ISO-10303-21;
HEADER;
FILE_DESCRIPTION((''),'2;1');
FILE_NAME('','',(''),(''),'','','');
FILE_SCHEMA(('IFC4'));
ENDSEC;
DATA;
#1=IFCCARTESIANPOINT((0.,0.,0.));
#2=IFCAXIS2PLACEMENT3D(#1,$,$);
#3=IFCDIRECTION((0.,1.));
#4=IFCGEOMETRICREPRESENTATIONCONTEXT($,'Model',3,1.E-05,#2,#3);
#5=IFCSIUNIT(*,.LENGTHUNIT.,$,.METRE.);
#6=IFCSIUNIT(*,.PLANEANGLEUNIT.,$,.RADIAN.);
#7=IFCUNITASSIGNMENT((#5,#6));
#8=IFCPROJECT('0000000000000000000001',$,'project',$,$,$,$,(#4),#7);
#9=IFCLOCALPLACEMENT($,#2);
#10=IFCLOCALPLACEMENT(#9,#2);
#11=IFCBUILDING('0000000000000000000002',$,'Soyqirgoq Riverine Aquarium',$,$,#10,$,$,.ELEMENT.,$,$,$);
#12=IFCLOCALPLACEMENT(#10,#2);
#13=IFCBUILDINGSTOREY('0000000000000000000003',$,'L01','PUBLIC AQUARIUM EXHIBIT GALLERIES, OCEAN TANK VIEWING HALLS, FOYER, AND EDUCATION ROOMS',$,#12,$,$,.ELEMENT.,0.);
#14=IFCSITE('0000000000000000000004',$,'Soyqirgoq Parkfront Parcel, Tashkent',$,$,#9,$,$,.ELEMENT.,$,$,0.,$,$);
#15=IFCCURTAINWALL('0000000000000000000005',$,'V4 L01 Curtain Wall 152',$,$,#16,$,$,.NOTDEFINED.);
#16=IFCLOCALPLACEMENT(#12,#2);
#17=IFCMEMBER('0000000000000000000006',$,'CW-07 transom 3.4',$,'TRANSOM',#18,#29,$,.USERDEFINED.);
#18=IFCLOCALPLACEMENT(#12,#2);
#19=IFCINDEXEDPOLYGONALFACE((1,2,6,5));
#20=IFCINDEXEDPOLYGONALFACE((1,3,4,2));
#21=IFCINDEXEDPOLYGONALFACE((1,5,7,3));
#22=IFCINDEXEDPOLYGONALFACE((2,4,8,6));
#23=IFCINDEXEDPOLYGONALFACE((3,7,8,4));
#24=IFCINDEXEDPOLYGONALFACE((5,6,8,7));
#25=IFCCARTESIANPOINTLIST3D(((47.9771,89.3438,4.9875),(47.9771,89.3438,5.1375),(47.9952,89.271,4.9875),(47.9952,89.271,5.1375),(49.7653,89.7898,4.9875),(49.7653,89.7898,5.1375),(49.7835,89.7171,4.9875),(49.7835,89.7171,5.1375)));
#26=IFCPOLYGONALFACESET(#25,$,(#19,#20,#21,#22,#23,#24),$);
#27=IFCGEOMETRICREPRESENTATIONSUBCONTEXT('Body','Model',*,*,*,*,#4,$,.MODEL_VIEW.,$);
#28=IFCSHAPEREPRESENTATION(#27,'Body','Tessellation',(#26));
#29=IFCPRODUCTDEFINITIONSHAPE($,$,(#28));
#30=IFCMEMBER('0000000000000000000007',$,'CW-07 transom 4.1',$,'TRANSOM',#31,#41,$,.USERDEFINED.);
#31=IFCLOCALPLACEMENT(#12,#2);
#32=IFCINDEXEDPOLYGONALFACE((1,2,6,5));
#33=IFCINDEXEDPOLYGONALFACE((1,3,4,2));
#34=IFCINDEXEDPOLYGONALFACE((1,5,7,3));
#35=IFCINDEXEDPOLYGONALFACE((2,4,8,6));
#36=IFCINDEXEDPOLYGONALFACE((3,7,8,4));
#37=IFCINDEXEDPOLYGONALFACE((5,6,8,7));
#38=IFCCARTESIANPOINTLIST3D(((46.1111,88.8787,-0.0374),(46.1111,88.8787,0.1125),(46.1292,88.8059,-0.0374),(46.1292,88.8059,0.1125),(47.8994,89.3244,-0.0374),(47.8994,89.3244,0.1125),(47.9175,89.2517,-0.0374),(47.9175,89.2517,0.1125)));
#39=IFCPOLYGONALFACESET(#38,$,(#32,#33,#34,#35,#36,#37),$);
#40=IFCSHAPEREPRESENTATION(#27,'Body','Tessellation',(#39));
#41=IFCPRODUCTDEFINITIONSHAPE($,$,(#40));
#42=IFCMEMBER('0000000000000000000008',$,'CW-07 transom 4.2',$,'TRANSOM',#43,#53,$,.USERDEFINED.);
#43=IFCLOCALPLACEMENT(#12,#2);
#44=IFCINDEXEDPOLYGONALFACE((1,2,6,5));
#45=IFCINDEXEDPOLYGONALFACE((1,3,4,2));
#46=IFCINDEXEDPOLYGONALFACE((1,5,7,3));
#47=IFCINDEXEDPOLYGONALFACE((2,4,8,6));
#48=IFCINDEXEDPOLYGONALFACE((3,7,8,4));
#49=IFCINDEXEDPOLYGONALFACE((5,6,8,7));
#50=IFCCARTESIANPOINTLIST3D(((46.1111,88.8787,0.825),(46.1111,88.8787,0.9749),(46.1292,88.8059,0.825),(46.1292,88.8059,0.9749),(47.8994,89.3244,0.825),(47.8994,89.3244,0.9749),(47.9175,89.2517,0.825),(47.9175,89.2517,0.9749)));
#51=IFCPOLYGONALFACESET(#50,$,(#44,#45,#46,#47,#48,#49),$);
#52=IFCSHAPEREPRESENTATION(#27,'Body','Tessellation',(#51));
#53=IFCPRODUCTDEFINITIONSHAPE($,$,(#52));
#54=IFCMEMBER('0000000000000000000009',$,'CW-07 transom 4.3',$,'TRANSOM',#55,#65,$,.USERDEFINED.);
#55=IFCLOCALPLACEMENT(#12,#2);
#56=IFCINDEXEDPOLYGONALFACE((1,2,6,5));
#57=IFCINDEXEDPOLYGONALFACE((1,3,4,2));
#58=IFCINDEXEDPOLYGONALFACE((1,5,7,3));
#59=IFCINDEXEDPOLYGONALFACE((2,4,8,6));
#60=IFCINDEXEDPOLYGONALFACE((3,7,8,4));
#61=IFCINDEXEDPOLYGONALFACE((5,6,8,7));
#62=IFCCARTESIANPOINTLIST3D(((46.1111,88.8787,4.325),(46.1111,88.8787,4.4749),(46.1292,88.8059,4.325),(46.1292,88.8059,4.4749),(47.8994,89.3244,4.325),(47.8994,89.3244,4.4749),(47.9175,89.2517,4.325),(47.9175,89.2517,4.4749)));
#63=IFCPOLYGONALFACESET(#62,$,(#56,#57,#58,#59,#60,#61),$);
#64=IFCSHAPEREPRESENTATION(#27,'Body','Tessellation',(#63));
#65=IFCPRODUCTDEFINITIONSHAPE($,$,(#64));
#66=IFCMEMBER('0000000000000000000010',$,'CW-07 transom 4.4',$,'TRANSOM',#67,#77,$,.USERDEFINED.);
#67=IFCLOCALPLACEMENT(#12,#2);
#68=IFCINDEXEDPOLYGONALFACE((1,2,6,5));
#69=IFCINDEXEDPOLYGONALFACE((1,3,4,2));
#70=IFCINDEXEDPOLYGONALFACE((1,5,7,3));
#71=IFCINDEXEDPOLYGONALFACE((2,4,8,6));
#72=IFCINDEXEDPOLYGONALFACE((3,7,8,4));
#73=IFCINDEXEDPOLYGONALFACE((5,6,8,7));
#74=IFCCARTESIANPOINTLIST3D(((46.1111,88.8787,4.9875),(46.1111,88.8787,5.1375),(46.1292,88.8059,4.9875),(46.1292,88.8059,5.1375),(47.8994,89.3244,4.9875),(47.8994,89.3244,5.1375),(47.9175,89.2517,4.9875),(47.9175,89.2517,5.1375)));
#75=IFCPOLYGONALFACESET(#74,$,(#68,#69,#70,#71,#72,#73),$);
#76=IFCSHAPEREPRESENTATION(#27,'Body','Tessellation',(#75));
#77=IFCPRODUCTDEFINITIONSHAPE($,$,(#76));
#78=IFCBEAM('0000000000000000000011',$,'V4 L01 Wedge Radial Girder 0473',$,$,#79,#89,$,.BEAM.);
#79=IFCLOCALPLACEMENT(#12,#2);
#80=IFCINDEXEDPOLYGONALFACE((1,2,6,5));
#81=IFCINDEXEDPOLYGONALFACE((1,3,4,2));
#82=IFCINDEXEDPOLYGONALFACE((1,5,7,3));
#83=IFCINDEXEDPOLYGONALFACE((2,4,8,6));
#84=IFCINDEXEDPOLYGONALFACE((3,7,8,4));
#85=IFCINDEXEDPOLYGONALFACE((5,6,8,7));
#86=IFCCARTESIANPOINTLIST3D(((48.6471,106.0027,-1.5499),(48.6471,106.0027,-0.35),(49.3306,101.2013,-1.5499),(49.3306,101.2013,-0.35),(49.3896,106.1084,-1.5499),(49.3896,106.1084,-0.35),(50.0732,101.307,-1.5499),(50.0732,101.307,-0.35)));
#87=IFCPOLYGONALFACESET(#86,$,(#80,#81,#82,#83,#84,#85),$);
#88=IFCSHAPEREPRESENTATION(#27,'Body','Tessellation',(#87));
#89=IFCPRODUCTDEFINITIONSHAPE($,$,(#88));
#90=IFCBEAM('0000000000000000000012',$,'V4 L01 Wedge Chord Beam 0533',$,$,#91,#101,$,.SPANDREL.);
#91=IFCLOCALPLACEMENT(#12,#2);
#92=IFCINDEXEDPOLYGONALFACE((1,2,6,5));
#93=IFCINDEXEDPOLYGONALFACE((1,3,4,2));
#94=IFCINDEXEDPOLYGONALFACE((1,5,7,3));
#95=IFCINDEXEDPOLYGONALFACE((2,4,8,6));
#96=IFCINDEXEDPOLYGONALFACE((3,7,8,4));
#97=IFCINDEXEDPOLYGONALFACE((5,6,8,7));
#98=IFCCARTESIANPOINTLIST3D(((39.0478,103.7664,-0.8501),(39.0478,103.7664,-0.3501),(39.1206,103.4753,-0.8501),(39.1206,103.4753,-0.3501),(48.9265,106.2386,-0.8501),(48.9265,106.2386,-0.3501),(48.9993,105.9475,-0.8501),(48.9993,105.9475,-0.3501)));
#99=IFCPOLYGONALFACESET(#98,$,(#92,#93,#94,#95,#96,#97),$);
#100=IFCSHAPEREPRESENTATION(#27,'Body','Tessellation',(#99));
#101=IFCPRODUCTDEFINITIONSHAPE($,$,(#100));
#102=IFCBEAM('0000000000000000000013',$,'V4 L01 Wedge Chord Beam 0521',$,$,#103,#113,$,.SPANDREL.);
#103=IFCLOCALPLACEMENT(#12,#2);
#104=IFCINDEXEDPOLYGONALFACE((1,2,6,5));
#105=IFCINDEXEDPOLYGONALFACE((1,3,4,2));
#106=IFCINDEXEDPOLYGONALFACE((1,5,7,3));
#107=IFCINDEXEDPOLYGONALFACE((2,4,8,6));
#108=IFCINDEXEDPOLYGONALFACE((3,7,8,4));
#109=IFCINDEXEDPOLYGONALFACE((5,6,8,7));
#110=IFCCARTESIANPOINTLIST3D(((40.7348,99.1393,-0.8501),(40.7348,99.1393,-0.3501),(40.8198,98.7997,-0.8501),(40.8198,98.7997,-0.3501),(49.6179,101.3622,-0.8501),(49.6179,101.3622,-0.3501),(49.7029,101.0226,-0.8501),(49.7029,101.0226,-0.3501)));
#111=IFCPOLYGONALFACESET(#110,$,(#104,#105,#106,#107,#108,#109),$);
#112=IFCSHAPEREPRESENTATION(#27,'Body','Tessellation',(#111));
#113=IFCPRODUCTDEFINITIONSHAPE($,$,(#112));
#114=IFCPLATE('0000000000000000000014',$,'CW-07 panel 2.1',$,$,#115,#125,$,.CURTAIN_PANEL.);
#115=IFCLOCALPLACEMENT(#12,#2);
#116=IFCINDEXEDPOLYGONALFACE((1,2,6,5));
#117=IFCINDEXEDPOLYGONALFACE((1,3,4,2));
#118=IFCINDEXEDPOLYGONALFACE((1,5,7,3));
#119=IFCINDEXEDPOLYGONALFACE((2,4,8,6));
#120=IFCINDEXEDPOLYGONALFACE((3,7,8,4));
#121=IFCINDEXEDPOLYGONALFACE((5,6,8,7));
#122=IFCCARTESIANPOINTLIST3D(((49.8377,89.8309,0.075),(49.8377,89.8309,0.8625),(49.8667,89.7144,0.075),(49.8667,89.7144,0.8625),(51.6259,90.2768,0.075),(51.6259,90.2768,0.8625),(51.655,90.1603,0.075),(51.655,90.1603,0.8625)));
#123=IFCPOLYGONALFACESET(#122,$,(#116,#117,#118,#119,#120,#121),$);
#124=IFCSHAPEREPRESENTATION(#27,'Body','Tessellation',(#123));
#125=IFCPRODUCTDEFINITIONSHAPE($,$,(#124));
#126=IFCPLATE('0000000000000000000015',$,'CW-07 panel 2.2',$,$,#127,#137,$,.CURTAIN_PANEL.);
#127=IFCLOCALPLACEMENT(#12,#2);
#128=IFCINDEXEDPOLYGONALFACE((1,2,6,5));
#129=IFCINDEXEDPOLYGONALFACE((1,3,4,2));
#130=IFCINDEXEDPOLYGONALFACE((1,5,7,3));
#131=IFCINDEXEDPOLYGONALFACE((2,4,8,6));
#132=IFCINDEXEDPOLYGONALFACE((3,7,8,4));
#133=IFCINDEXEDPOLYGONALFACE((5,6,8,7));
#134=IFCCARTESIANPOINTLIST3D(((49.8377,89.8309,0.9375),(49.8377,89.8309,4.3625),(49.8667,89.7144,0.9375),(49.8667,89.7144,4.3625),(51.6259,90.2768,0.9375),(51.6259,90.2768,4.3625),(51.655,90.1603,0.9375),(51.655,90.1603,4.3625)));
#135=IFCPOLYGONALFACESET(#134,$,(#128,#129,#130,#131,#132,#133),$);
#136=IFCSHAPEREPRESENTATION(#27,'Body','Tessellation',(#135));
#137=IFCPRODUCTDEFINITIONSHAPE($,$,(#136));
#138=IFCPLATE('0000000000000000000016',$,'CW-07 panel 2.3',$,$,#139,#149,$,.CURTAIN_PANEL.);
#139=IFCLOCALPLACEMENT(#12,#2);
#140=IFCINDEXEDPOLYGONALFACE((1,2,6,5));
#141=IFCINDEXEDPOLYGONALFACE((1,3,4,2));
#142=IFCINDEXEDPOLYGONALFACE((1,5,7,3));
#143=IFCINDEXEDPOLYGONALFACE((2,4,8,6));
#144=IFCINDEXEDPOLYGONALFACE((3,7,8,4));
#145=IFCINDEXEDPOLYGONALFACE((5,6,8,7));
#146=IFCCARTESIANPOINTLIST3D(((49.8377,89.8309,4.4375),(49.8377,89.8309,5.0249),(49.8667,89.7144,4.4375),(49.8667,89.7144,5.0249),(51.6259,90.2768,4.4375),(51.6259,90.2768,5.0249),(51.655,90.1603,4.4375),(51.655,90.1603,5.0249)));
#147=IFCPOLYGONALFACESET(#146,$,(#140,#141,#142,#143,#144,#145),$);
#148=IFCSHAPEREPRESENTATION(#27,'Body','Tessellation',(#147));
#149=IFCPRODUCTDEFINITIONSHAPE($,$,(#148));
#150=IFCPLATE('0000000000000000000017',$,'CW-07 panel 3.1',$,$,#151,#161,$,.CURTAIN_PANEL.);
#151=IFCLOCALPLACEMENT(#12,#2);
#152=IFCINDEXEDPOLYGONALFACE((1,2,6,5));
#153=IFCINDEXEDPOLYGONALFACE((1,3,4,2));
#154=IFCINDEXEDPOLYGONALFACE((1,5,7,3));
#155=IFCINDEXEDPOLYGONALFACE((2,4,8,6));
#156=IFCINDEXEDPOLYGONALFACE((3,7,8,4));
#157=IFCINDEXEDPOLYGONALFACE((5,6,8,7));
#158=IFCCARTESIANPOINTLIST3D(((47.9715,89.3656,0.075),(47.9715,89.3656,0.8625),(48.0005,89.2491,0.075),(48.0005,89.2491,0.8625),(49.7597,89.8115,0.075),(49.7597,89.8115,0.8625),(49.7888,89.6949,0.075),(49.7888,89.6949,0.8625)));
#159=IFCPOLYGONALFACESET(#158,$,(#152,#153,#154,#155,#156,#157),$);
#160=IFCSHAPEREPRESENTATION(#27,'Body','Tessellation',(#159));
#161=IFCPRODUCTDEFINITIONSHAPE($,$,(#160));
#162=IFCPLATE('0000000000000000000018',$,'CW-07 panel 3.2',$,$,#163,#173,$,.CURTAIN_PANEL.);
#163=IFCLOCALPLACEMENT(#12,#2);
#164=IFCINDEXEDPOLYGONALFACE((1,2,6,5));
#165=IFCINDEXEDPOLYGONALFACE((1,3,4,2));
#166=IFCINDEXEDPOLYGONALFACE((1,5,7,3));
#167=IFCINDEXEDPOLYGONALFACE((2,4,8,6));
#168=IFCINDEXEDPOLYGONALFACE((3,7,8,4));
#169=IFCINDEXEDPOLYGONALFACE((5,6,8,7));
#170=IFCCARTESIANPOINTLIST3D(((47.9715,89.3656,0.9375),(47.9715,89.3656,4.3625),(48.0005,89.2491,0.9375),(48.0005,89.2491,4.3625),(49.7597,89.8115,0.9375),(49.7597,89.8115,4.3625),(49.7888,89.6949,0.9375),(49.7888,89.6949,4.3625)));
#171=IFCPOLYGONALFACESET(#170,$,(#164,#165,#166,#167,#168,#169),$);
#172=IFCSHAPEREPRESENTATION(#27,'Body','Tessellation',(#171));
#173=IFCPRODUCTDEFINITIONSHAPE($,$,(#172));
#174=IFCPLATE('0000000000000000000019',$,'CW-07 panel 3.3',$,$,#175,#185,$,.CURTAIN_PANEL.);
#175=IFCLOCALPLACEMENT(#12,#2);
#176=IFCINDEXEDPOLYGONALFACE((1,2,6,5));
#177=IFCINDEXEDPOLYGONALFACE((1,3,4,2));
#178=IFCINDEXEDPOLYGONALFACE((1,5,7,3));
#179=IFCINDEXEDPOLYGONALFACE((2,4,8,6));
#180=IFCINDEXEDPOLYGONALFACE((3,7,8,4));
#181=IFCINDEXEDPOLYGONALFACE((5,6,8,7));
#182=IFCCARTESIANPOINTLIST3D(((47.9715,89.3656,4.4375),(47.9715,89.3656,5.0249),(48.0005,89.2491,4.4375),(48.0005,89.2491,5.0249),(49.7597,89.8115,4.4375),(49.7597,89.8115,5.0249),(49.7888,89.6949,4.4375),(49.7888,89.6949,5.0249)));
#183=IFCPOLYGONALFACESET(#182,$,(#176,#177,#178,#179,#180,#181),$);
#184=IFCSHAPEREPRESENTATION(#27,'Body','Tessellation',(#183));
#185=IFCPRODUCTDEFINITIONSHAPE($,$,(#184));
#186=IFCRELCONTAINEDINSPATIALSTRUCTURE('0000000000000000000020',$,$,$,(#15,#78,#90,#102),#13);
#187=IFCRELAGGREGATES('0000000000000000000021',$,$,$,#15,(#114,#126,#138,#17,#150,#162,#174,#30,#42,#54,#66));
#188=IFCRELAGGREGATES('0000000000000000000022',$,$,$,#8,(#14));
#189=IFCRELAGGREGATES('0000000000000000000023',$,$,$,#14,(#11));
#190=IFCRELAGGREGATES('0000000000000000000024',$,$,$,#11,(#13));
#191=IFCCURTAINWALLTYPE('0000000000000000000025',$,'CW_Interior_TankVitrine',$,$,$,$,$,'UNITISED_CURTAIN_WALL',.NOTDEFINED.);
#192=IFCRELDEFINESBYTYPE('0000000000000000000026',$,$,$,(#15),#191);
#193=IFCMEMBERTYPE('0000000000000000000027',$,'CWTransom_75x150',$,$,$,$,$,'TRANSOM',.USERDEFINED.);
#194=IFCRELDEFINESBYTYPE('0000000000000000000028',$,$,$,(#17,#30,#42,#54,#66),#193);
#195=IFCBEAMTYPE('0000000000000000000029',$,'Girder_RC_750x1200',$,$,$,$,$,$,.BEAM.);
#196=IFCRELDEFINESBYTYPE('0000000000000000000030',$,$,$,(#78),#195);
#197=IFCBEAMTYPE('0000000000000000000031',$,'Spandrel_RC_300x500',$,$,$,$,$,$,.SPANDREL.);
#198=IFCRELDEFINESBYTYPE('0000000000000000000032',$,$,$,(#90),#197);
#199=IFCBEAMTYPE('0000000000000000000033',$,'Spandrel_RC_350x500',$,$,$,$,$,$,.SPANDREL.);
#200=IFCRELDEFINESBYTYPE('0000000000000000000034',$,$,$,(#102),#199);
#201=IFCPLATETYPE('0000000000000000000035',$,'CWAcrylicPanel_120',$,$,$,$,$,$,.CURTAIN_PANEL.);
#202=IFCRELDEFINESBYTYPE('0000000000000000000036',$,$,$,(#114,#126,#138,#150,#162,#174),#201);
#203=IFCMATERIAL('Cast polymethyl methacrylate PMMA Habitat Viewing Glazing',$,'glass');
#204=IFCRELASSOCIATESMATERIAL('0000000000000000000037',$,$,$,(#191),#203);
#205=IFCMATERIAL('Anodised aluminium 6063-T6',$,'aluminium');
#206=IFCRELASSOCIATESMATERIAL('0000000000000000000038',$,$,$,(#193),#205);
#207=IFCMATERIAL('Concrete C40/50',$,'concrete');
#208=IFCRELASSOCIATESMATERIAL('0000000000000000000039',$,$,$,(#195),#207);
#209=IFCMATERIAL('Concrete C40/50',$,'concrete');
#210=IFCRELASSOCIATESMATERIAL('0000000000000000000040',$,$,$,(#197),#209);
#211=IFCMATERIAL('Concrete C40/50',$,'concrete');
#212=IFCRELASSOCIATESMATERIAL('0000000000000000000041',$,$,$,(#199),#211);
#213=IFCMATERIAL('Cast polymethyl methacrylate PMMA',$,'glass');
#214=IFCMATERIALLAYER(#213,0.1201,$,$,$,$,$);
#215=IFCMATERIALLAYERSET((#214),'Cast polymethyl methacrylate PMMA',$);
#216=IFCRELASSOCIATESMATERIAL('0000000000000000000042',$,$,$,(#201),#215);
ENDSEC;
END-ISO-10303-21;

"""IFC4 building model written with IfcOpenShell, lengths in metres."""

from ifc_helpers import new_model, si_unit, direction, frame, origin, origin_2d, place, context, subcontext, project, spatial, rectangle, extrude, material, layer, layer_set, material_profile, profile_set, type_object, element, aggregate, save


model = new_model("IFC4")

# Units and contexts
model_context = context("Model", 3, precision=1e-05, world=origin(), true_north=direction((0.0, 1.0)))
body_context = subcontext(model_context, "Body", "Model", "MODEL_VIEW")
ifc_project = project(units=[si_unit("LENGTHUNIT", "METRE"), si_unit("PLANEANGLEUNIT", "RADIAN")], contexts=[model_context])

# Site, building, storey
site_placement = place(None, origin())
site = spatial("IfcSite", under=ifc_project, at=site_placement, Name="Soyqirgoq Parkfront Parcel, Tashkent", CompositionType="ELEMENT", RefElevation=0.0)
building_placement = place(site_placement, origin())
building = spatial("IfcBuilding", under=site, at=building_placement, Name="Soyqirgoq Riverine Aquarium", CompositionType="ELEMENT")
storey_placement = place(building_placement, origin())
storey = spatial("IfcBuildingStorey", under=building, at=storey_placement, Name="L01", Description="PUBLIC AQUARIUM EXHIBIT GALLERIES, OCEAN TANK VIEWING HALLS, FOYER, AND EDUCATION ROOMS", CompositionType="ELEMENT", Elevation=0.0)

# Curtain wall, members
ifc_material_1 = material(Name="Cast polymethyl methacrylate PMMA Habitat Viewing Glazing", Category="glass")
curtain_wall_type = type_object("IfcCurtainWallType", Name="CW_Interior_TankVitrine", ElementType="UNITISED_CURTAIN_WALL", PredefinedType="NOTDEFINED", material=ifc_material_1)
curtain_wall_placement = place(storey_placement, origin())
curtain_wall = element("IfcCurtainWall", 1, at=curtain_wall_placement, inside=storey, type_object=curtain_wall_type, Name="V4 L01 Curtain Wall 152", PredefinedType="NOTDEFINED")
ifc_material_2 = material(Name="Anodised aluminium 6063-T6", Category="aluminium")
ifc_material_profile_1 = material_profile(ifc_material_2, rectangle(XDim=0.075, YDim=0.1499, at=origin_2d()), Name="ALU-T 75x150")
ifc_profile_set_1 = profile_set([ifc_material_profile_1], Name="Anodised aluminium 6063-T6")
member_type_1 = type_object("IfcMemberType", Name="CWTransom_75x150", ElementType="TRANSOM", PredefinedType="USERDEFINED", material=ifc_profile_set_1)
member_1_placement = place(storey_placement, frame((49.7744, 89.7534, 5.0625), z_axis=(-0.970275, -0.242006, 0.0), x_axis=(0.242006, -0.970275, 0.0)))
member_1 = element("IfcMember", 2, at=member_1_placement, type_object=member_type_1, Name="CW-07 transom 3.4", ObjectType="TRANSOM", PredefinedType="USERDEFINED", context=body_context, shape_type="SweptSolid", body=[
    extrude(rectangle(XDim=0.075, YDim=0.1499, at=origin_2d()), origin(), (0.0, 0.0, 1.0), 1.843),
])
member_2_placement = place(storey_placement, frame((47.9084, 89.2881, 0.0376), z_axis=(-0.970306, -0.241881, 0.0), x_axis=(0.241881, -0.970306, 0.0)))
member_2 = element("IfcMember", 3, at=member_2_placement, type_object=member_type_1, Name="CW-07 transom 4.1", ObjectType="TRANSOM", PredefinedType="USERDEFINED", context=body_context, shape_type="SweptSolid", body=[
    extrude(rectangle(XDim=0.075, YDim=0.1499, at=origin_2d()), origin(), (0.0, 0.0, 1.0), 1.843),
])
member_3_placement = place(storey_placement, frame((47.9084, 89.2881, 0.8999), z_axis=(-0.970306, -0.241881, 0.0), x_axis=(0.241881, -0.970306, 0.0)))
member_3 = element("IfcMember", 4, at=member_3_placement, type_object=member_type_1, Name="CW-07 transom 4.2", ObjectType="TRANSOM", PredefinedType="USERDEFINED", context=body_context, shape_type="SweptSolid", body=[
    extrude(rectangle(XDim=0.075, YDim=0.1499, at=origin_2d()), origin(), (0.0, 0.0, 1.0), 1.843),
])
member_4_placement = place(storey_placement, frame((47.9084, 89.2881, 4.3999), z_axis=(-0.970306, -0.241881, 0.0), x_axis=(0.241881, -0.970306, 0.0)))
member_4 = element("IfcMember", 5, at=member_4_placement, type_object=member_type_1, Name="CW-07 transom 4.3", ObjectType="TRANSOM", PredefinedType="USERDEFINED", context=body_context, shape_type="SweptSolid", body=[
    extrude(rectangle(XDim=0.075, YDim=0.1499, at=origin_2d()), origin(), (0.0, 0.0, 1.0), 1.843),
])
member_5_placement = place(storey_placement, frame((47.9084, 89.2881, 5.0625), z_axis=(-0.970306, -0.241881, 0.0), x_axis=(0.241881, -0.970306, 0.0)))
member_5 = element("IfcMember", 6, at=member_5_placement, type_object=member_type_1, Name="CW-07 transom 4.4", ObjectType="TRANSOM", PredefinedType="USERDEFINED", context=body_context, shape_type="SweptSolid", body=[
    extrude(rectangle(XDim=0.075, YDim=0.1499, at=origin_2d()), origin(), (0.0, 0.0, 1.0), 1.843),
])

# Beams
ifc_material_3 = material(Name="Concrete C40/50", Category="concrete")
ifc_material_profile_2 = material_profile(ifc_material_3, rectangle(XDim=0.75, YDim=1.2, at=origin_2d()), Name="RC 750x1200")
ifc_profile_set_2 = profile_set([ifc_material_profile_2], Name="Concrete C40/50")
beam_type_1 = type_object("IfcBeamType", Name="Girder_RC_750x1200", PredefinedType="BEAM", material=ifc_profile_set_2)
beam_1_placement = place(storey_placement, frame((49.7019, 101.2542, -0.95), z_axis=(-0.140949, 0.990017, 0.0), x_axis=(-0.990017, -0.140949, 0.0)))
element("IfcBeam", 7, at=beam_1_placement, inside=storey, type_object=beam_type_1, Name="V4 L01 Wedge Radial Girder 0473", PredefinedType="BEAM", context=body_context, shape_type="SweptSolid", body=[
    extrude(rectangle(XDim=0.75, YDim=1.2, at=origin_2d()), origin(), (0.0, 0.0, 1.0), 4.8499),
])
ifc_material_4 = material(Name="Concrete C40/50", Category="concrete")
ifc_material_profile_3 = material_profile(ifc_material_4, rectangle(XDim=0.3, YDim=0.5, at=origin_2d()), Name="RC 300x500")
ifc_profile_set_3 = profile_set([ifc_material_profile_3], Name="Concrete C40/50")
beam_type_2 = type_object("IfcBeamType", Name="Spandrel_RC_300x500", PredefinedType="SPANDREL", material=ifc_profile_set_3)
beam_2_placement = place(storey_placement, frame((48.9629, 106.093, -0.6001), z_axis=(-0.970085, -0.242767, 0.0), x_axis=(0.242767, -0.970085, 0.0)))
element("IfcBeam", 8, at=beam_2_placement, inside=storey, type_object=beam_type_2, Name="V4 L01 Wedge Chord Beam 0533", PredefinedType="SPANDREL", context=body_context, shape_type="SweptSolid", body=[
    extrude(rectangle(XDim=0.3, YDim=0.5, at=origin_2d()), origin(), (0.0, 0.0, 1.0), 10.1833),
])
ifc_material_5 = material(Name="Concrete C40/50", Category="concrete")
ifc_material_profile_4 = material_profile(ifc_material_5, rectangle(XDim=0.3501, YDim=0.5, at=origin_2d()), Name="RC 350x500")
ifc_profile_set_4 = profile_set([ifc_material_profile_4], Name="Concrete C40/50")
beam_type_3 = type_object("IfcBeamType", Name="Spandrel_RC_350x500", PredefinedType="SPANDREL", material=ifc_profile_set_4)
beam_3_placement = place(storey_placement, frame((49.6604, 101.1924, -0.6001), z_axis=(-0.970088, -0.242755, 0.0), x_axis=(0.242755, -0.970088, 0.0)))
element("IfcBeam", 9, at=beam_3_placement, inside=storey, type_object=beam_type_3, Name="V4 L01 Wedge Chord Beam 0521", PredefinedType="SPANDREL", context=body_context, shape_type="SweptSolid", body=[
    extrude(rectangle(XDim=0.3501, YDim=0.5, at=origin_2d()), origin(), (0.0, 0.0, 1.0), 9.157),
])

# Plates
ifc_material_6 = material(Name="Cast polymethyl methacrylate PMMA", Category="glass")
ifc_layer_1 = layer(ifc_material_6, 0.1201)
ifc_layer_set_1 = layer_set([ifc_layer_1], Name="Cast polymethyl methacrylate PMMA")
plate_type = type_object("IfcPlateType", Name="CWAcrylicPanel_120", PredefinedType="CURTAIN_PANEL", material=ifc_layer_set_1)
plate_1_placement = place(storey_placement, frame((50.7463, 89.9956, 0.075), z_axis=(0.0, 0.0, 1.0), x_axis=(-0.970295, -0.241926, 0.0)))
plate_1 = element("IfcPlate", 10, at=plate_1_placement, type_object=plate_type, Name="CW-07 panel 2.1", PredefinedType="CURTAIN_PANEL", context=body_context, shape_type="SweptSolid", body=[
    extrude(rectangle(XDim=1.843, YDim=0.1201, at=origin_2d()), origin(), (0.0, 0.0, 1.0), 0.7876),
])
plate_2_placement = place(storey_placement, frame((50.7463, 89.9956, 0.9375), z_axis=(0.0, 0.0, 1.0), x_axis=(-0.970295, -0.241926, 0.0)))
plate_2 = element("IfcPlate", 11, at=plate_2_placement, type_object=plate_type, Name="CW-07 panel 2.2", PredefinedType="CURTAIN_PANEL", context=body_context, shape_type="SweptSolid", body=[
    extrude(rectangle(XDim=1.843, YDim=0.1201, at=origin_2d()), origin(), (0.0, 0.0, 1.0), 3.425),
])
plate_3_placement = place(storey_placement, frame((50.7463, 89.9956, 4.4375), z_axis=(0.0, 0.0, 1.0), x_axis=(-0.970295, -0.241926, 0.0)))
plate_3 = element("IfcPlate", 12, at=plate_3_placement, type_object=plate_type, Name="CW-07 panel 2.3", PredefinedType="CURTAIN_PANEL", context=body_context, shape_type="SweptSolid", body=[
    extrude(rectangle(XDim=1.843, YDim=0.1201, at=origin_2d()), origin(), (0.0, 0.0, 1.0), 0.5874),
])
plate_4_placement = place(storey_placement, frame((48.8801, 89.5303, 0.075), z_axis=(0.0, 0.0, 1.0), x_axis=(-0.970295, -0.241926, 0.0)))
plate_4 = element("IfcPlate", 13, at=plate_4_placement, type_object=plate_type, Name="CW-07 panel 3.1", PredefinedType="CURTAIN_PANEL", context=body_context, shape_type="SweptSolid", body=[
    extrude(rectangle(XDim=1.843, YDim=0.1201, at=origin_2d()), origin(), (0.0, 0.0, 1.0), 0.7876),
])
plate_5_placement = place(storey_placement, frame((48.8801, 89.5303, 0.9375), z_axis=(0.0, 0.0, 1.0), x_axis=(-0.970295, -0.241926, 0.0)))
plate_5 = element("IfcPlate", 14, at=plate_5_placement, type_object=plate_type, Name="CW-07 panel 3.2", PredefinedType="CURTAIN_PANEL", context=body_context, shape_type="SweptSolid", body=[
    extrude(rectangle(XDim=1.843, YDim=0.1201, at=origin_2d()), origin(), (0.0, 0.0, 1.0), 3.425),
])
plate_6_placement = place(storey_placement, frame((48.8801, 89.5303, 4.4375), z_axis=(0.0, 0.0, 1.0), x_axis=(-0.970295, -0.241926, 0.0)))
plate_6 = element("IfcPlate", 15, at=plate_6_placement, type_object=plate_type, Name="CW-07 panel 3.3", PredefinedType="CURTAIN_PANEL", context=body_context, shape_type="SweptSolid", body=[
    extrude(rectangle(XDim=1.843, YDim=0.1201, at=origin_2d()), origin(), (0.0, 0.0, 1.0), 0.5874),
])
aggregate(curtain_wall, [plate_1, plate_2, plate_3, member_1, plate_4, plate_5, plate_6, member_2, member_3, member_4, member_5])

save(model, "model.ifc")
